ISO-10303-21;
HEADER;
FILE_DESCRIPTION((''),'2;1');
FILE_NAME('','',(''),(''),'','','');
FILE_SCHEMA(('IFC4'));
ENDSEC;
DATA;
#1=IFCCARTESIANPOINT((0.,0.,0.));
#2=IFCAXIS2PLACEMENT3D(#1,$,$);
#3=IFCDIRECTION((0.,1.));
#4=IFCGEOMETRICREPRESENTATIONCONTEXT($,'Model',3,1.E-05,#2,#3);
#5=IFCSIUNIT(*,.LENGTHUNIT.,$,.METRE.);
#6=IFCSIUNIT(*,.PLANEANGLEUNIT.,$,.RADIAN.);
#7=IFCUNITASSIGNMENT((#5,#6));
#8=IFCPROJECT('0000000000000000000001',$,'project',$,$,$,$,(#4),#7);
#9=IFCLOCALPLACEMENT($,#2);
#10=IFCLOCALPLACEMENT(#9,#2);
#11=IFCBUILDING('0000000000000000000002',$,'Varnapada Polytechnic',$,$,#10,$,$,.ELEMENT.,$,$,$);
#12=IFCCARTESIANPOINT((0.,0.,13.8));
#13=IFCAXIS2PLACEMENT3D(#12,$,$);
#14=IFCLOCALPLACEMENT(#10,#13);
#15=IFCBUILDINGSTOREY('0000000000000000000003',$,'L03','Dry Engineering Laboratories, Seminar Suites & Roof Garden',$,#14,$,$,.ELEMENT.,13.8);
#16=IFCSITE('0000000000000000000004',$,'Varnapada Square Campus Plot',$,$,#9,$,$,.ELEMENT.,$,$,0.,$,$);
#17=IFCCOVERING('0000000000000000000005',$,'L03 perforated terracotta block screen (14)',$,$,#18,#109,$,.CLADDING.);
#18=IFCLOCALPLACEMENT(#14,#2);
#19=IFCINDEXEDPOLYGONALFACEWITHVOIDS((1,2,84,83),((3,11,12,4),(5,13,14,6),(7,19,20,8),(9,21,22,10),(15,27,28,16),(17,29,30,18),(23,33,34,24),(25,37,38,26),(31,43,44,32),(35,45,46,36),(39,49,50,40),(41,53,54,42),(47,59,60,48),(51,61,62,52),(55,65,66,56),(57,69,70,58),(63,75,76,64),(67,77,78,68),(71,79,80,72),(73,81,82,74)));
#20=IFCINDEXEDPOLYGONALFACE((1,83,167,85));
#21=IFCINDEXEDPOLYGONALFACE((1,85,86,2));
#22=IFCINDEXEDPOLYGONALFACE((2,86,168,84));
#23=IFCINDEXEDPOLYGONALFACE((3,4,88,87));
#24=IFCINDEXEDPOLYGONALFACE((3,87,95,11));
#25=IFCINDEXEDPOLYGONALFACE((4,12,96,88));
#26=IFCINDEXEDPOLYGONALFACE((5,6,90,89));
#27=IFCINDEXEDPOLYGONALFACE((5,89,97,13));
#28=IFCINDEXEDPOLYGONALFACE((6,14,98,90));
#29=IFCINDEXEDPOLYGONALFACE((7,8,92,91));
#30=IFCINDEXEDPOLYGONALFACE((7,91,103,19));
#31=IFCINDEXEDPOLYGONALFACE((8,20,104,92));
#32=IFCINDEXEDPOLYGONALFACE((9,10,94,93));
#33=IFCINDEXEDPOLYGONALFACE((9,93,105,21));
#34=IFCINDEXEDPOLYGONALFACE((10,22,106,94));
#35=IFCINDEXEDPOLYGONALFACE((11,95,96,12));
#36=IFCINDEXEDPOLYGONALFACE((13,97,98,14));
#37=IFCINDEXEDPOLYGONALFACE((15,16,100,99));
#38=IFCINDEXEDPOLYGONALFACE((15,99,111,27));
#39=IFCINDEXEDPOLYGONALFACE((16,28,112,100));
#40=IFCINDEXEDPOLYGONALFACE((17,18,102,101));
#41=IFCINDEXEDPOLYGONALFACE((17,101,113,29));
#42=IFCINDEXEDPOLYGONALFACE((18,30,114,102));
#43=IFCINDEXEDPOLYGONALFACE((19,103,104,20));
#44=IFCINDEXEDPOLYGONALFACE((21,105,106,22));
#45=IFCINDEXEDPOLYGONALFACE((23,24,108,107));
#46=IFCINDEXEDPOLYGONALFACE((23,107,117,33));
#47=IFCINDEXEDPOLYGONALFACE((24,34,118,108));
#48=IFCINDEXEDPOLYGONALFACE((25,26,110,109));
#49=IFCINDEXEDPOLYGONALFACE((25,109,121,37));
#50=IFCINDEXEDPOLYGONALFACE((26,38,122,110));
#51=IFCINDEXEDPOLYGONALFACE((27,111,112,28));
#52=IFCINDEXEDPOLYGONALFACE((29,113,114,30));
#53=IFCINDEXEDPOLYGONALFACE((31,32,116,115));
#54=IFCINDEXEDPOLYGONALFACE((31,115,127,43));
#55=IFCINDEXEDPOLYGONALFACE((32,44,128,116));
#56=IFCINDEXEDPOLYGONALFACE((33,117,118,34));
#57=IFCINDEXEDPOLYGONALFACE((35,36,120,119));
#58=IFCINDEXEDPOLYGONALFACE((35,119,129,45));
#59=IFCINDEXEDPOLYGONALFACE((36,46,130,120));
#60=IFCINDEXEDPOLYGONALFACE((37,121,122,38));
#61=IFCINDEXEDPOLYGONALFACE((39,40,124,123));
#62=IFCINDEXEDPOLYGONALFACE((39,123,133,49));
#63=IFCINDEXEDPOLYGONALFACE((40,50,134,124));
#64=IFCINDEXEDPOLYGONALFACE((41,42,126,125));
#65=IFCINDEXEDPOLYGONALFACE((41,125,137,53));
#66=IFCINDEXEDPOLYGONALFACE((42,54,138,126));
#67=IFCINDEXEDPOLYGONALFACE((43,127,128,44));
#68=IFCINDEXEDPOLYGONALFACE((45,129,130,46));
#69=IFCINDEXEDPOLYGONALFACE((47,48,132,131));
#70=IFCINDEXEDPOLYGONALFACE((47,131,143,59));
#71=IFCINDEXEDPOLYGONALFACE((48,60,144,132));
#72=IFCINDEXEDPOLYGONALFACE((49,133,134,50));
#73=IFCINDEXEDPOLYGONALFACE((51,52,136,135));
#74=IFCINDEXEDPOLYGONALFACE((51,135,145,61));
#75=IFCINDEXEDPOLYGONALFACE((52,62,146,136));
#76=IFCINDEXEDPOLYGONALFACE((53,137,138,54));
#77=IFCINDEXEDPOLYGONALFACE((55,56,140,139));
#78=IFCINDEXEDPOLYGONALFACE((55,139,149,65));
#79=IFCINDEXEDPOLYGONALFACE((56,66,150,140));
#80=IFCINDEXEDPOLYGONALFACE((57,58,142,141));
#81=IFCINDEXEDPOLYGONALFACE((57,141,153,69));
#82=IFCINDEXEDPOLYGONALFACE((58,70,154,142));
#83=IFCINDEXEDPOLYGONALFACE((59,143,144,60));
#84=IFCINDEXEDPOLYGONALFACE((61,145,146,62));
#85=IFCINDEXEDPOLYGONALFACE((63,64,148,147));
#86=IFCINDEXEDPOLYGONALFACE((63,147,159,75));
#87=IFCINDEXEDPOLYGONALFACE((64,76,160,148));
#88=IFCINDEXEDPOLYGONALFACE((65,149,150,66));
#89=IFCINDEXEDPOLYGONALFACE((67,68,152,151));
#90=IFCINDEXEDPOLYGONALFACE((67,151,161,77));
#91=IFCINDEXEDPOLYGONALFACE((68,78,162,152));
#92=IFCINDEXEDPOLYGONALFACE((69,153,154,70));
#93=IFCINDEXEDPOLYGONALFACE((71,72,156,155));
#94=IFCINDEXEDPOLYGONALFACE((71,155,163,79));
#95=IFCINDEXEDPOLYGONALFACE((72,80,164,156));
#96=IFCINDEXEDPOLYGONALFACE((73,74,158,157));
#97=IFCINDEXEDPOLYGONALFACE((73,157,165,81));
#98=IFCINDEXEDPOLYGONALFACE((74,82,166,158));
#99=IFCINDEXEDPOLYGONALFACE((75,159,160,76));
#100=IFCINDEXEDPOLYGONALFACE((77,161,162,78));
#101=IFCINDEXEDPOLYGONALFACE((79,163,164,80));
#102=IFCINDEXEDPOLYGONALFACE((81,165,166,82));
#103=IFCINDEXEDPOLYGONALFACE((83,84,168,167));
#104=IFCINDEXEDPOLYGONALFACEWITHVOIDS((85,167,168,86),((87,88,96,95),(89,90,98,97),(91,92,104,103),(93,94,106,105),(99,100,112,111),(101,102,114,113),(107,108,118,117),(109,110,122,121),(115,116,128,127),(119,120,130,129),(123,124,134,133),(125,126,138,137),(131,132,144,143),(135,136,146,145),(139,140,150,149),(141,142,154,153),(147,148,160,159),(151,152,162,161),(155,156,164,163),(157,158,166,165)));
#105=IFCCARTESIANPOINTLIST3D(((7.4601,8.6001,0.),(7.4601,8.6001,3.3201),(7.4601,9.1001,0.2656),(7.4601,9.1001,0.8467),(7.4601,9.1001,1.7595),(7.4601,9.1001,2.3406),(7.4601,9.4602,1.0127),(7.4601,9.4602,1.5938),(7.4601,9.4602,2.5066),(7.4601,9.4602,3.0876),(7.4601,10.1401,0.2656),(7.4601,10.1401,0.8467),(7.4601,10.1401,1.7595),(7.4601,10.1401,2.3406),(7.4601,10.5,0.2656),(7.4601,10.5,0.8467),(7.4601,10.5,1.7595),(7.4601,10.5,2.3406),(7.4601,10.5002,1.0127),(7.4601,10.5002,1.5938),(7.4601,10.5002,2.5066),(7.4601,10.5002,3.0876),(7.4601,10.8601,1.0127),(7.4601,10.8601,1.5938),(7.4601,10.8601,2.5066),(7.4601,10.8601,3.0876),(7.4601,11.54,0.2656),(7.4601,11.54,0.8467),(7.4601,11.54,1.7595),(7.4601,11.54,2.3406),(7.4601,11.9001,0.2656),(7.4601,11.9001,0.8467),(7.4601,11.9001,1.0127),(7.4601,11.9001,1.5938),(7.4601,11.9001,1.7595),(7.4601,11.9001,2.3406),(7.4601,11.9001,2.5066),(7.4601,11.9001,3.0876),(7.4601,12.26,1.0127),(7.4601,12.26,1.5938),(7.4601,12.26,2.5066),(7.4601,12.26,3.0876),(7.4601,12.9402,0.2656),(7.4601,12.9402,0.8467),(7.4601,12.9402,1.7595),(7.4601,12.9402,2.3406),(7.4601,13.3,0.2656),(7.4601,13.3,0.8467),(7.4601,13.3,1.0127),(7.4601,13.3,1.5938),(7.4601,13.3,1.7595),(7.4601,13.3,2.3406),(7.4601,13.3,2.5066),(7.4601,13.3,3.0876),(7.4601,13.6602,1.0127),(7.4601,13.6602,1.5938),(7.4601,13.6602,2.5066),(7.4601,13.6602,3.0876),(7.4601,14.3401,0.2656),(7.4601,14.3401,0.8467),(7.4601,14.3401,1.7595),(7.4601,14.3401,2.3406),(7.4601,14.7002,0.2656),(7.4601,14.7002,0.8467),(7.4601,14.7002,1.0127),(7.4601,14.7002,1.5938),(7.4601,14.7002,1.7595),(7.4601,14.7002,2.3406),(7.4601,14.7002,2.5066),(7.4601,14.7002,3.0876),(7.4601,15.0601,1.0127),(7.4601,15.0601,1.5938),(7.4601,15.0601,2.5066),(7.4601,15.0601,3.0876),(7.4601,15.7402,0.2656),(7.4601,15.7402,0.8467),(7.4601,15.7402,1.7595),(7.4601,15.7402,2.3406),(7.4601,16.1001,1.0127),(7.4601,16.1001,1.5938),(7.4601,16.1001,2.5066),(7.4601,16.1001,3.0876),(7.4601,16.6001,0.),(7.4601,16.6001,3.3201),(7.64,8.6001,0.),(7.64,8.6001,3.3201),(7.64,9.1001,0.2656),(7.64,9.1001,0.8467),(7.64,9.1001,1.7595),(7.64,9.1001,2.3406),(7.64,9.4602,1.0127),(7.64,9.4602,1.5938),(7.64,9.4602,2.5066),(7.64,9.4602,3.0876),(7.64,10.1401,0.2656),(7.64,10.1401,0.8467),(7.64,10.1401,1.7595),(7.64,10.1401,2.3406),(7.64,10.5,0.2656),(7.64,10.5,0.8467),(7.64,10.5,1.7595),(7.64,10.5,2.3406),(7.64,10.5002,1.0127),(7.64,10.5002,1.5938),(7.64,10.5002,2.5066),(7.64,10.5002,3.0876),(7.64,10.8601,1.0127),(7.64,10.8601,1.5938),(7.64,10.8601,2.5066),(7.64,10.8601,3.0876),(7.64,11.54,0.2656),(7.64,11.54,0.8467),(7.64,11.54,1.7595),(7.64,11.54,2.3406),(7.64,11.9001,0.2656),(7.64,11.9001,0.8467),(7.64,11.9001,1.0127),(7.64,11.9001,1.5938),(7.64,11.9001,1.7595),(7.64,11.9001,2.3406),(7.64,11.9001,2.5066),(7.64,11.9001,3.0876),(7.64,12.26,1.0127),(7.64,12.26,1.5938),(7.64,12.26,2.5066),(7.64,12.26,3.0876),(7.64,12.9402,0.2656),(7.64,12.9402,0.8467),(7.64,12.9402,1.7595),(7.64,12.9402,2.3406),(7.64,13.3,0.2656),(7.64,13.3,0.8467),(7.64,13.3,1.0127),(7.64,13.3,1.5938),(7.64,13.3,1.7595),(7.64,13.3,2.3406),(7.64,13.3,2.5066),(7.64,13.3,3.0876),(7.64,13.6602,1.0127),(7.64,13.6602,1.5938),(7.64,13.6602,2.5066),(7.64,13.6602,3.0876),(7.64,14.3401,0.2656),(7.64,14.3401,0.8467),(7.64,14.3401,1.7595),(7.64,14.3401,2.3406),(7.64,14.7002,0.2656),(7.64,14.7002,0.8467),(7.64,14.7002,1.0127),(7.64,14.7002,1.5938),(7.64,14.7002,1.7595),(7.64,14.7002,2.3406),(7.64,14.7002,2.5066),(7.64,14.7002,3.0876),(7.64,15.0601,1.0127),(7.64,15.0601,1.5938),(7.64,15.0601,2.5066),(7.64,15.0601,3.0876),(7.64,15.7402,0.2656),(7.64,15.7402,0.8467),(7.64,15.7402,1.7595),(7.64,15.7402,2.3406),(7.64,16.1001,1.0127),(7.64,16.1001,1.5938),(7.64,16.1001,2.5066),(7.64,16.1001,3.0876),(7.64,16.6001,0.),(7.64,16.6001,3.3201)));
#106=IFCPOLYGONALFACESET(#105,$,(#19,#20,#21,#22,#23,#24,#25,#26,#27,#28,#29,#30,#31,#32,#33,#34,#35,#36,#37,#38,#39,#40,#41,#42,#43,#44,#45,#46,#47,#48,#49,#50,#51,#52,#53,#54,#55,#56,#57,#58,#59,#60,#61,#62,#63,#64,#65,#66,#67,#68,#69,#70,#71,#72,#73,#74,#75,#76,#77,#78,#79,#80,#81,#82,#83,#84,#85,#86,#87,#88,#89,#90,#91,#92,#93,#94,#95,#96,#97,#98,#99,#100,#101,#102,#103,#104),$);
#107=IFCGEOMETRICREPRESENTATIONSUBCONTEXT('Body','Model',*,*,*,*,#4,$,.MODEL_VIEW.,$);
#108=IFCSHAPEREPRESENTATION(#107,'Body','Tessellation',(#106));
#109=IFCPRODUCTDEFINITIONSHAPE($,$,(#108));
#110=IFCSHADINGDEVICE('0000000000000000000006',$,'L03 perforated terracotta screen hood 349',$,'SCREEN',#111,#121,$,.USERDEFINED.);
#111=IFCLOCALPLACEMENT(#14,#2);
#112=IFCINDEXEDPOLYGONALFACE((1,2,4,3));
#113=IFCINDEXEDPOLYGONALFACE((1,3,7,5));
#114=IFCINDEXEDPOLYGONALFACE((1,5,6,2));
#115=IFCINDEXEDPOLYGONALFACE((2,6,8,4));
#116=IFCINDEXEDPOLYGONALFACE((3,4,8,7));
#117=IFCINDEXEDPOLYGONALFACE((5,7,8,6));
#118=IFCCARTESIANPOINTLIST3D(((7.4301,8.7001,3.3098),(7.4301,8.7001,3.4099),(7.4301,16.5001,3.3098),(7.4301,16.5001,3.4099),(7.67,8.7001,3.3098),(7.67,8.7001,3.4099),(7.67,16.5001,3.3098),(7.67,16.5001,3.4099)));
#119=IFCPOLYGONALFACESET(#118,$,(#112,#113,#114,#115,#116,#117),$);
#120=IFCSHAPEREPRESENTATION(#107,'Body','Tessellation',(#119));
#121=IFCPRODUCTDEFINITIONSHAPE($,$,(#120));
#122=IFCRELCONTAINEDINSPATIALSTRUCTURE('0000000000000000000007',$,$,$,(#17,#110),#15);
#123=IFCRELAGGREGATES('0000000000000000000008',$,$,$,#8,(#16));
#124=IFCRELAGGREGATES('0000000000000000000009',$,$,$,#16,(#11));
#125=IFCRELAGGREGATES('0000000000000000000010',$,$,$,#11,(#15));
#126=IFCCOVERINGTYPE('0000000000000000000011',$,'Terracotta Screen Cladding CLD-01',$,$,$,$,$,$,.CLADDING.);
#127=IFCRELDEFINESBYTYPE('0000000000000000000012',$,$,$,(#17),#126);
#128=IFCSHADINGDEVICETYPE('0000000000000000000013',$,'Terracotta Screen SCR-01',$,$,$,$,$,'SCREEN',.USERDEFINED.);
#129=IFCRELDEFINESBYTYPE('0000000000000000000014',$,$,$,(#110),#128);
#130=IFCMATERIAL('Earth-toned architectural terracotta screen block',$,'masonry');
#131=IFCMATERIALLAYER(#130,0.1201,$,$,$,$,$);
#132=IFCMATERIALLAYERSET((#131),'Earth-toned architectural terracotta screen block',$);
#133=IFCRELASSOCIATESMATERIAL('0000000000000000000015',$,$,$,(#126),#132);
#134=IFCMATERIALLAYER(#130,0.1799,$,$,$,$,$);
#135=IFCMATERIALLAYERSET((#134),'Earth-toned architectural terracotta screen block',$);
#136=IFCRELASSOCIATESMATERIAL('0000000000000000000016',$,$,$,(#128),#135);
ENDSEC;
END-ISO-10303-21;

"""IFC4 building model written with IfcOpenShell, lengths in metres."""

from ifc_helpers import new_model, si_unit, direction, frame, frame_2d, origin, origin_2d, place, context, subcontext, project, spatial, rectangle, extrude, material, layer, layer_set, type_object, element, save


model = new_model("IFC4")

# Units and contexts
model_context = context("Model", 3, precision=1e-05, world=origin(), true_north=direction((0.0, 1.0)))
body_context = subcontext(model_context, "Body", "Model", "MODEL_VIEW")
ifc_project = project(units=[si_unit("LENGTHUNIT", "METRE"), si_unit("PLANEANGLEUNIT", "RADIAN")], contexts=[model_context])

# Site, building, storey
site_placement = place(None, origin())
site = spatial("IfcSite", under=ifc_project, at=site_placement, Name="Varnapada Square Campus Plot", CompositionType="ELEMENT", RefElevation=0.0)
building_placement = place(site_placement, origin())
building = spatial("IfcBuilding", under=site, at=building_placement, Name="Varnapada Polytechnic", CompositionType="ELEMENT")
storey_placement = place(building_placement, frame((0.0, 0.0, 13.8)))
storey = spatial("IfcBuildingStorey", under=building, at=storey_placement, Name="L03", Description="Dry Engineering Laboratories, Seminar Suites & Roof Garden", CompositionType="ELEMENT", Elevation=13.8)

# Covering, openings
ifc_material_1 = material(Name="Earth-toned architectural terracotta screen block", Category="masonry")
ifc_layer_1 = layer(ifc_material_1, 0.1201)
ifc_layer_set_1 = layer_set([ifc_layer_1], Name="Earth-toned architectural terracotta screen block")
covering_type_1 = type_object("IfcCoveringType", Name="Terracotta Screen Cladding CLD-01", PredefinedType="CLADDING", material=ifc_layer_set_1)
covering_1_placement = place(storey_placement, frame((7.55, 8.6001, 0.0), z_axis=(0.0, 0.0, 1.0), x_axis=(0.0, 1.0, 0.0)))
covering_1 = element("IfcCovering", 1, at=covering_1_placement, inside=storey, type_object=covering_type_1, Name="L03 perforated terracotta block screen (14)", PredefinedType="CLADDING", context=body_context, shape_type="SweptSolid", body=[
    extrude(rectangle(XDim=8.0, YDim=0.1799, at=frame_2d((4.0, 0.0))), origin(), (0.0, 0.0, 1.0), 3.3201),
])
opening_1_placement = place(covering_1_placement, frame((0.5, 0.0, 0.2656)))
element("IfcOpeningElement", 2, at=opening_1_placement, cuts=covering_1, PredefinedType="OPENING", context=body_context, shape_type="SweptSolid", body=[
    extrude(rectangle(XDim=1.04, YDim=0.5811, at=frame_2d((0.52, 0.2905))), frame((0.0, 0.0999, 0.0), z_axis=(0.0, -1.0, 0.0), x_axis=(1.0, 0.0, 0.0)), (0.0, 0.0, 1.0), 0.2),
])
opening_2_placement = place(covering_1_placement, frame((1.8999, 0.0, 0.2656)))
element("IfcOpeningElement", 3, at=opening_2_placement, cuts=covering_1, PredefinedType="OPENING", context=body_context, shape_type="SweptSolid", body=[
    extrude(rectangle(XDim=1.04, YDim=0.5811, at=frame_2d((0.52, 0.2905))), frame((0.0, 0.0999, 0.0), z_axis=(0.0, -1.0, 0.0), x_axis=(1.0, 0.0, 0.0)), (0.0, 0.0, 1.0), 0.2),
])
opening_3_placement = place(covering_1_placement, frame((3.3, 0.0, 0.2656)))
element("IfcOpeningElement", 4, at=opening_3_placement, cuts=covering_1, PredefinedType="OPENING", context=body_context, shape_type="SweptSolid", body=[
    extrude(rectangle(XDim=1.04, YDim=0.5811, at=frame_2d((0.52, 0.2905))), frame((0.0, 0.0999, 0.0), z_axis=(0.0, -1.0, 0.0), x_axis=(1.0, 0.0, 0.0)), (0.0, 0.0, 1.0), 0.2),
])
opening_4_placement = place(covering_1_placement, frame((4.7, 0.0, 0.2656)))
element("IfcOpeningElement", 5, at=opening_4_placement, cuts=covering_1, PredefinedType="OPENING", context=body_context, shape_type="SweptSolid", body=[
    extrude(rectangle(XDim=1.04, YDim=0.5811, at=frame_2d((0.52, 0.2905))), frame((0.0, 0.0999, 0.0), z_axis=(0.0, -1.0, 0.0), x_axis=(1.0, 0.0, 0.0)), (0.0, 0.0, 1.0), 0.2),
])
opening_5_placement = place(covering_1_placement, frame((6.1001, 0.0, 0.2656)))
element("IfcOpeningElement", 6, at=opening_5_placement, cuts=covering_1, PredefinedType="OPENING", context=body_context, shape_type="SweptSolid", body=[
    extrude(rectangle(XDim=1.04, YDim=0.5811, at=frame_2d((0.52, 0.2905))), frame((0.0, 0.0999, 0.0), z_axis=(0.0, -1.0, 0.0), x_axis=(1.0, 0.0, 0.0)), (0.0, 0.0, 1.0), 0.2),
])
opening_6_placement = place(covering_1_placement, frame((0.8601, 0.0, 1.0127)))
element("IfcOpeningElement", 7, at=opening_6_placement, cuts=covering_1, PredefinedType="OPENING", context=body_context, shape_type="SweptSolid", body=[
    extrude(rectangle(XDim=1.04, YDim=0.5811, at=frame_2d((0.52, 0.2905))), frame((0.0, 0.0999, 0.0), z_axis=(0.0, -1.0, 0.0), x_axis=(1.0, 0.0, 0.0)), (0.0, 0.0, 1.0), 0.2),
])
opening_7_placement = place(covering_1_placement, frame((2.26, 0.0, 1.0127)))
element("IfcOpeningElement", 8, at=opening_7_placement, cuts=covering_1, PredefinedType="OPENING", context=body_context, shape_type="SweptSolid", body=[
    extrude(rectangle(XDim=1.04, YDim=0.5811, at=frame_2d((0.52, 0.2905))), frame((0.0, 0.0999, 0.0), z_axis=(0.0, -1.0, 0.0), x_axis=(1.0, 0.0, 0.0)), (0.0, 0.0, 1.0), 0.2),
])
opening_8_placement = place(covering_1_placement, frame((3.6599, 0.0, 1.0127)))
element("IfcOpeningElement", 9, at=opening_8_placement, cuts=covering_1, PredefinedType="OPENING", context=body_context, shape_type="SweptSolid", body=[
    extrude(rectangle(XDim=1.04, YDim=0.5811, at=frame_2d((0.52, 0.2905))), frame((0.0, 0.0999, 0.0), z_axis=(0.0, -1.0, 0.0), x_axis=(1.0, 0.0, 0.0)), (0.0, 0.0, 1.0), 0.2),
])
opening_9_placement = place(covering_1_placement, frame((5.0601, 0.0, 1.0127)))
element("IfcOpeningElement", 10, at=opening_9_placement, cuts=covering_1, PredefinedType="OPENING", context=body_context, shape_type="SweptSolid", body=[
    extrude(rectangle(XDim=1.04, YDim=0.5811, at=frame_2d((0.52, 0.2905))), frame((0.0, 0.0999, 0.0), z_axis=(0.0, -1.0, 0.0), x_axis=(1.0, 0.0, 0.0)), (0.0, 0.0, 1.0), 0.2),
])
opening_10_placement = place(covering_1_placement, frame((6.46, 0.0, 1.0127)))
element("IfcOpeningElement", 11, at=opening_10_placement, cuts=covering_1, PredefinedType="OPENING", context=body_context, shape_type="SweptSolid", body=[
    extrude(rectangle(XDim=1.04, YDim=0.5811, at=frame_2d((0.52, 0.2905))), frame((0.0, 0.0999, 0.0), z_axis=(0.0, -1.0, 0.0), x_axis=(1.0, 0.0, 0.0)), (0.0, 0.0, 1.0), 0.2),
])
opening_11_placement = place(covering_1_placement, frame((0.5, 0.0, 1.7595)))
element("IfcOpeningElement", 12, at=opening_11_placement, cuts=covering_1, PredefinedType="OPENING", context=body_context, shape_type="SweptSolid", body=[
    extrude(rectangle(XDim=1.04, YDim=0.5811, at=frame_2d((0.52, 0.2905))), frame((0.0, 0.0999, 0.0), z_axis=(0.0, -1.0, 0.0), x_axis=(1.0, 0.0, 0.0)), (0.0, 0.0, 1.0), 0.2),
])
opening_12_placement = place(covering_1_placement, frame((1.8999, 0.0, 1.7595)))
element("IfcOpeningElement", 13, at=opening_12_placement, cuts=covering_1, PredefinedType="OPENING", context=body_context, shape_type="SweptSolid", body=[
    extrude(rectangle(XDim=1.04, YDim=0.5811, at=frame_2d((0.52, 0.2905))), frame((0.0, 0.0999, 0.0), z_axis=(0.0, -1.0, 0.0), x_axis=(1.0, 0.0, 0.0)), (0.0, 0.0, 1.0), 0.2),
])
opening_13_placement = place(covering_1_placement, frame((3.3, 0.0, 1.7595)))
element("IfcOpeningElement", 14, at=opening_13_placement, cuts=covering_1, PredefinedType="OPENING", context=body_context, shape_type="SweptSolid", body=[
    extrude(rectangle(XDim=1.04, YDim=0.5811, at=frame_2d((0.52, 0.2905))), frame((0.0, 0.0999, 0.0), z_axis=(0.0, -1.0, 0.0), x_axis=(1.0, 0.0, 0.0)), (0.0, 0.0, 1.0), 0.2),
])
opening_14_placement = place(covering_1_placement, frame((4.7, 0.0, 1.7595)))
element("IfcOpeningElement", 15, at=opening_14_placement, cuts=covering_1, PredefinedType="OPENING", context=body_context, shape_type="SweptSolid", body=[
    extrude(rectangle(XDim=1.04, YDim=0.5811, at=frame_2d((0.52, 0.2905))), frame((0.0, 0.0999, 0.0), z_axis=(0.0, -1.0, 0.0), x_axis=(1.0, 0.0, 0.0)), (0.0, 0.0, 1.0), 0.2),
])
opening_15_placement = place(covering_1_placement, frame((6.1001, 0.0, 1.7595)))
element("IfcOpeningElement", 16, at=opening_15_placement, cuts=covering_1, PredefinedType="OPENING", context=body_context, shape_type="SweptSolid", body=[
    extrude(rectangle(XDim=1.04, YDim=0.5811, at=frame_2d((0.52, 0.2905))), frame((0.0, 0.0999, 0.0), z_axis=(0.0, -1.0, 0.0), x_axis=(1.0, 0.0, 0.0)), (0.0, 0.0, 1.0), 0.2),
])
opening_16_placement = place(covering_1_placement, frame((0.8601, 0.0, 2.5066)))
element("IfcOpeningElement", 17, at=opening_16_placement, cuts=covering_1, PredefinedType="OPENING", context=body_context, shape_type="SweptSolid", body=[
    extrude(rectangle(XDim=1.04, YDim=0.5811, at=frame_2d((0.52, 0.2905))), frame((0.0, 0.0999, 0.0), z_axis=(0.0, -1.0, 0.0), x_axis=(1.0, 0.0, 0.0)), (0.0, 0.0, 1.0), 0.2),
])
opening_17_placement = place(covering_1_placement, frame((2.26, 0.0, 2.5066)))
element("IfcOpeningElement", 18, at=opening_17_placement, cuts=covering_1, PredefinedType="OPENING", context=body_context, shape_type="SweptSolid", body=[
    extrude(rectangle(XDim=1.04, YDim=0.5811, at=frame_2d((0.52, 0.2905))), frame((0.0, 0.0999, 0.0), z_axis=(0.0, -1.0, 0.0), x_axis=(1.0, 0.0, 0.0)), (0.0, 0.0, 1.0), 0.2),
])
opening_18_placement = place(covering_1_placement, frame((3.6599, 0.0, 2.5066)))
element("IfcOpeningElement", 19, at=opening_18_placement, cuts=covering_1, PredefinedType="OPENING", context=body_context, shape_type="SweptSolid", body=[
    extrude(rectangle(XDim=1.04, YDim=0.5811, at=frame_2d((0.52, 0.2905))), frame((0.0, 0.0999, 0.0), z_axis=(0.0, -1.0, 0.0), x_axis=(1.0, 0.0, 0.0)), (0.0, 0.0, 1.0), 0.2),
])
opening_19_placement = place(covering_1_placement, frame((5.0601, 0.0, 2.5066)))
element("IfcOpeningElement", 20, at=opening_19_placement, cuts=covering_1, PredefinedType="OPENING", context=body_context, shape_type="SweptSolid", body=[
    extrude(rectangle(XDim=1.04, YDim=0.5811, at=frame_2d((0.52, 0.2905))), frame((0.0, 0.0999, 0.0), z_axis=(0.0, -1.0, 0.0), x_axis=(1.0, 0.0, 0.0)), (0.0, 0.0, 1.0), 0.2),
])
opening_20_placement = place(covering_1_placement, frame((6.46, 0.0, 2.5066)))
element("IfcOpeningElement", 21, at=opening_20_placement, cuts=covering_1, PredefinedType="OPENING", context=body_context, shape_type="SweptSolid", body=[
    extrude(rectangle(XDim=1.04, YDim=0.5811, at=frame_2d((0.52, 0.2905))), frame((0.0, 0.0999, 0.0), z_axis=(0.0, -1.0, 0.0), x_axis=(1.0, 0.0, 0.0)), (0.0, 0.0, 1.0), 0.2),
])

# Shading device
ifc_layer_2 = layer(ifc_material_1, 0.1799)
ifc_layer_set_2 = layer_set([ifc_layer_2], Name="Earth-toned architectural terracotta screen block")
shading_device_type = type_object("IfcShadingDeviceType", Name="Terracotta Screen SCR-01", ElementType="SCREEN", PredefinedType="USERDEFINED", material=ifc_layer_set_2)
shading_device_placement = place(storey_placement, frame((7.55, 12.6001, 3.3098), z_axis=(0.0, 0.0, 1.0), x_axis=(0.0, 1.0, 0.0)))
element("IfcShadingDevice", 22, at=shading_device_placement, inside=storey, type_object=shading_device_type, Name="L03 perforated terracotta screen hood 349", ObjectType="SCREEN", PredefinedType="USERDEFINED", context=body_context, shape_type="SweptSolid", body=[
    extrude(rectangle(XDim=7.8, YDim=0.24, at=origin_2d()), origin(), (0.0, 0.0, 1.0), 0.1001),
])

save(model, "model.ifc")
